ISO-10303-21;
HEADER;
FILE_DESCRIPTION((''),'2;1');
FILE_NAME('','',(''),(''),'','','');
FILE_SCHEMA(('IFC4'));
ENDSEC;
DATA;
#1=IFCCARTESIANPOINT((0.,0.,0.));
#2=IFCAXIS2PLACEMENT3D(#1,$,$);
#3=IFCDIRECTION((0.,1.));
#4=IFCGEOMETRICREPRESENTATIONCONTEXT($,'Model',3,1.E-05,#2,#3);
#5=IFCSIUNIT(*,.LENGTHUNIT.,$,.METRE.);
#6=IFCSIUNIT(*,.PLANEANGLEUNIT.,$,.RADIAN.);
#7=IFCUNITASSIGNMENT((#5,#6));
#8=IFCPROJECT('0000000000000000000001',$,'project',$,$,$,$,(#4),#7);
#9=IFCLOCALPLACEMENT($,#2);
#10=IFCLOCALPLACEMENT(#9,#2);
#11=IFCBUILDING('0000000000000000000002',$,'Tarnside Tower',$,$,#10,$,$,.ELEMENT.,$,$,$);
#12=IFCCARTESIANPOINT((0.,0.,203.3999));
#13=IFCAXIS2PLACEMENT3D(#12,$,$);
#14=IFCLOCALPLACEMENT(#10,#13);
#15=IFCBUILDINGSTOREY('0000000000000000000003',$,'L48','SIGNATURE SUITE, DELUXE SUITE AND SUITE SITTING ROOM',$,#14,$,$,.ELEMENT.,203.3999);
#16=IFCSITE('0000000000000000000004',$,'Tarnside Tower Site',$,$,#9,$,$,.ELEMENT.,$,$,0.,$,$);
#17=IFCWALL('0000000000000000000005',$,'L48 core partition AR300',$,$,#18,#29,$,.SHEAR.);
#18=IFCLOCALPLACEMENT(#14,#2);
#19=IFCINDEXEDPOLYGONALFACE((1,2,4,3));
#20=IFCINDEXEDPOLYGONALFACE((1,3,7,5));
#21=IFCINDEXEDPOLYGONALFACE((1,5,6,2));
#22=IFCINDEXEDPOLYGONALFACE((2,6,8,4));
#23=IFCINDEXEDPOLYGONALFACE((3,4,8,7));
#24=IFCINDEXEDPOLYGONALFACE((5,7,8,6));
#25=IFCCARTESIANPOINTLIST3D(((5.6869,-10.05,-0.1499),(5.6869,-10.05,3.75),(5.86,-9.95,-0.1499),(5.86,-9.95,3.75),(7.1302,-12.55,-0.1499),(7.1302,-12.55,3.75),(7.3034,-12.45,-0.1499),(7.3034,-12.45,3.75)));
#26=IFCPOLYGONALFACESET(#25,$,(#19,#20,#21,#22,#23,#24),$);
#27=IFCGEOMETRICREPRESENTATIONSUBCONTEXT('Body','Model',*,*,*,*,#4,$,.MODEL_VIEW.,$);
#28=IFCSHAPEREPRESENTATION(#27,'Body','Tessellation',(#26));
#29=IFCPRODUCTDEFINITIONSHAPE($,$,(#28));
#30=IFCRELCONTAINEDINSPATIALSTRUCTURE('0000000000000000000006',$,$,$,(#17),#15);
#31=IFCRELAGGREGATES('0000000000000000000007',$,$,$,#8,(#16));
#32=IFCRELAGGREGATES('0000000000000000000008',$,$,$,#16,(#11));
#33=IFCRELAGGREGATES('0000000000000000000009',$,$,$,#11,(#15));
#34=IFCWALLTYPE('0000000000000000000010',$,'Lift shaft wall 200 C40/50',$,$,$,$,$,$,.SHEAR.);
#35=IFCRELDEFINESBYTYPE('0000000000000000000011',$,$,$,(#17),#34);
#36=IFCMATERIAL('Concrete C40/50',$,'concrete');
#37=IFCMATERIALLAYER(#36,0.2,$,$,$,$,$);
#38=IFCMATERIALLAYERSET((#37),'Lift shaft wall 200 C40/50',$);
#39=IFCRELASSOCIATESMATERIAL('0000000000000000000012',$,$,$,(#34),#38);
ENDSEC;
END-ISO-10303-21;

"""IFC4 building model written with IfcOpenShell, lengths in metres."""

from ifc_helpers import new_model, si_unit, direction, frame, frame_2d, origin, place, context, subcontext, project, spatial, rectangle, extrude, material, layer, layer_set, type_object, element, save


model = new_model("IFC4")

# Units and contexts
model_context = context("Model", 3, precision=1e-05, world=origin(), true_north=direction((0.0, 1.0)))
body_context = subcontext(model_context, "Body", "Model", "MODEL_VIEW")
ifc_project = project(units=[si_unit("LENGTHUNIT", "METRE"), si_unit("PLANEANGLEUNIT", "RADIAN")], contexts=[model_context])

# Site, building, storey
site_placement = place(None, origin())
site = spatial("IfcSite", under=ifc_project, at=site_placement, Name="Tarnside Tower Site", CompositionType="ELEMENT", RefElevation=0.0)
building_placement = place(site_placement, origin())
building = spatial("IfcBuilding", under=site, at=building_placement, Name="Tarnside Tower", CompositionType="ELEMENT")
storey_placement = place(building_placement, frame((0.0, 0.0, 203.3999)))
storey = spatial("IfcBuildingStorey", under=building, at=storey_placement, Name="L48", Description="SIGNATURE SUITE, DELUXE SUITE AND SUITE SITTING ROOM", CompositionType="ELEMENT", Elevation=203.3999)

# Wall
ifc_material_1 = material(Name="Concrete C40/50", Category="concrete")
ifc_layer_1 = layer(ifc_material_1, 0.2)
ifc_layer_set_1 = layer_set([ifc_layer_1], Name="Lift shaft wall 200 C40/50")
wall_type_1 = type_object("IfcWallType", Name="Lift shaft wall 200 C40/50", PredefinedType="SHEAR", material=ifc_layer_set_1)
wall_1_placement = place(storey_placement, frame((5.7734, -10.0, -0.1499), z_axis=(0.0, 0.0, 1.0), x_axis=(0.499996, -0.866028, 0.0)))
element("IfcWall", 1, at=wall_1_placement, inside=storey, type_object=wall_type_1, Name="L48 core partition AR300", PredefinedType="SHEAR", context=body_context, shape_type="SweptSolid", body=[
    extrude(rectangle(XDim=2.8867, YDim=0.2, at=frame_2d((1.4434, 0.0))), origin(), (0.0, 0.0, 1.0), 3.8999),
])

save(model, "model.ifc")
